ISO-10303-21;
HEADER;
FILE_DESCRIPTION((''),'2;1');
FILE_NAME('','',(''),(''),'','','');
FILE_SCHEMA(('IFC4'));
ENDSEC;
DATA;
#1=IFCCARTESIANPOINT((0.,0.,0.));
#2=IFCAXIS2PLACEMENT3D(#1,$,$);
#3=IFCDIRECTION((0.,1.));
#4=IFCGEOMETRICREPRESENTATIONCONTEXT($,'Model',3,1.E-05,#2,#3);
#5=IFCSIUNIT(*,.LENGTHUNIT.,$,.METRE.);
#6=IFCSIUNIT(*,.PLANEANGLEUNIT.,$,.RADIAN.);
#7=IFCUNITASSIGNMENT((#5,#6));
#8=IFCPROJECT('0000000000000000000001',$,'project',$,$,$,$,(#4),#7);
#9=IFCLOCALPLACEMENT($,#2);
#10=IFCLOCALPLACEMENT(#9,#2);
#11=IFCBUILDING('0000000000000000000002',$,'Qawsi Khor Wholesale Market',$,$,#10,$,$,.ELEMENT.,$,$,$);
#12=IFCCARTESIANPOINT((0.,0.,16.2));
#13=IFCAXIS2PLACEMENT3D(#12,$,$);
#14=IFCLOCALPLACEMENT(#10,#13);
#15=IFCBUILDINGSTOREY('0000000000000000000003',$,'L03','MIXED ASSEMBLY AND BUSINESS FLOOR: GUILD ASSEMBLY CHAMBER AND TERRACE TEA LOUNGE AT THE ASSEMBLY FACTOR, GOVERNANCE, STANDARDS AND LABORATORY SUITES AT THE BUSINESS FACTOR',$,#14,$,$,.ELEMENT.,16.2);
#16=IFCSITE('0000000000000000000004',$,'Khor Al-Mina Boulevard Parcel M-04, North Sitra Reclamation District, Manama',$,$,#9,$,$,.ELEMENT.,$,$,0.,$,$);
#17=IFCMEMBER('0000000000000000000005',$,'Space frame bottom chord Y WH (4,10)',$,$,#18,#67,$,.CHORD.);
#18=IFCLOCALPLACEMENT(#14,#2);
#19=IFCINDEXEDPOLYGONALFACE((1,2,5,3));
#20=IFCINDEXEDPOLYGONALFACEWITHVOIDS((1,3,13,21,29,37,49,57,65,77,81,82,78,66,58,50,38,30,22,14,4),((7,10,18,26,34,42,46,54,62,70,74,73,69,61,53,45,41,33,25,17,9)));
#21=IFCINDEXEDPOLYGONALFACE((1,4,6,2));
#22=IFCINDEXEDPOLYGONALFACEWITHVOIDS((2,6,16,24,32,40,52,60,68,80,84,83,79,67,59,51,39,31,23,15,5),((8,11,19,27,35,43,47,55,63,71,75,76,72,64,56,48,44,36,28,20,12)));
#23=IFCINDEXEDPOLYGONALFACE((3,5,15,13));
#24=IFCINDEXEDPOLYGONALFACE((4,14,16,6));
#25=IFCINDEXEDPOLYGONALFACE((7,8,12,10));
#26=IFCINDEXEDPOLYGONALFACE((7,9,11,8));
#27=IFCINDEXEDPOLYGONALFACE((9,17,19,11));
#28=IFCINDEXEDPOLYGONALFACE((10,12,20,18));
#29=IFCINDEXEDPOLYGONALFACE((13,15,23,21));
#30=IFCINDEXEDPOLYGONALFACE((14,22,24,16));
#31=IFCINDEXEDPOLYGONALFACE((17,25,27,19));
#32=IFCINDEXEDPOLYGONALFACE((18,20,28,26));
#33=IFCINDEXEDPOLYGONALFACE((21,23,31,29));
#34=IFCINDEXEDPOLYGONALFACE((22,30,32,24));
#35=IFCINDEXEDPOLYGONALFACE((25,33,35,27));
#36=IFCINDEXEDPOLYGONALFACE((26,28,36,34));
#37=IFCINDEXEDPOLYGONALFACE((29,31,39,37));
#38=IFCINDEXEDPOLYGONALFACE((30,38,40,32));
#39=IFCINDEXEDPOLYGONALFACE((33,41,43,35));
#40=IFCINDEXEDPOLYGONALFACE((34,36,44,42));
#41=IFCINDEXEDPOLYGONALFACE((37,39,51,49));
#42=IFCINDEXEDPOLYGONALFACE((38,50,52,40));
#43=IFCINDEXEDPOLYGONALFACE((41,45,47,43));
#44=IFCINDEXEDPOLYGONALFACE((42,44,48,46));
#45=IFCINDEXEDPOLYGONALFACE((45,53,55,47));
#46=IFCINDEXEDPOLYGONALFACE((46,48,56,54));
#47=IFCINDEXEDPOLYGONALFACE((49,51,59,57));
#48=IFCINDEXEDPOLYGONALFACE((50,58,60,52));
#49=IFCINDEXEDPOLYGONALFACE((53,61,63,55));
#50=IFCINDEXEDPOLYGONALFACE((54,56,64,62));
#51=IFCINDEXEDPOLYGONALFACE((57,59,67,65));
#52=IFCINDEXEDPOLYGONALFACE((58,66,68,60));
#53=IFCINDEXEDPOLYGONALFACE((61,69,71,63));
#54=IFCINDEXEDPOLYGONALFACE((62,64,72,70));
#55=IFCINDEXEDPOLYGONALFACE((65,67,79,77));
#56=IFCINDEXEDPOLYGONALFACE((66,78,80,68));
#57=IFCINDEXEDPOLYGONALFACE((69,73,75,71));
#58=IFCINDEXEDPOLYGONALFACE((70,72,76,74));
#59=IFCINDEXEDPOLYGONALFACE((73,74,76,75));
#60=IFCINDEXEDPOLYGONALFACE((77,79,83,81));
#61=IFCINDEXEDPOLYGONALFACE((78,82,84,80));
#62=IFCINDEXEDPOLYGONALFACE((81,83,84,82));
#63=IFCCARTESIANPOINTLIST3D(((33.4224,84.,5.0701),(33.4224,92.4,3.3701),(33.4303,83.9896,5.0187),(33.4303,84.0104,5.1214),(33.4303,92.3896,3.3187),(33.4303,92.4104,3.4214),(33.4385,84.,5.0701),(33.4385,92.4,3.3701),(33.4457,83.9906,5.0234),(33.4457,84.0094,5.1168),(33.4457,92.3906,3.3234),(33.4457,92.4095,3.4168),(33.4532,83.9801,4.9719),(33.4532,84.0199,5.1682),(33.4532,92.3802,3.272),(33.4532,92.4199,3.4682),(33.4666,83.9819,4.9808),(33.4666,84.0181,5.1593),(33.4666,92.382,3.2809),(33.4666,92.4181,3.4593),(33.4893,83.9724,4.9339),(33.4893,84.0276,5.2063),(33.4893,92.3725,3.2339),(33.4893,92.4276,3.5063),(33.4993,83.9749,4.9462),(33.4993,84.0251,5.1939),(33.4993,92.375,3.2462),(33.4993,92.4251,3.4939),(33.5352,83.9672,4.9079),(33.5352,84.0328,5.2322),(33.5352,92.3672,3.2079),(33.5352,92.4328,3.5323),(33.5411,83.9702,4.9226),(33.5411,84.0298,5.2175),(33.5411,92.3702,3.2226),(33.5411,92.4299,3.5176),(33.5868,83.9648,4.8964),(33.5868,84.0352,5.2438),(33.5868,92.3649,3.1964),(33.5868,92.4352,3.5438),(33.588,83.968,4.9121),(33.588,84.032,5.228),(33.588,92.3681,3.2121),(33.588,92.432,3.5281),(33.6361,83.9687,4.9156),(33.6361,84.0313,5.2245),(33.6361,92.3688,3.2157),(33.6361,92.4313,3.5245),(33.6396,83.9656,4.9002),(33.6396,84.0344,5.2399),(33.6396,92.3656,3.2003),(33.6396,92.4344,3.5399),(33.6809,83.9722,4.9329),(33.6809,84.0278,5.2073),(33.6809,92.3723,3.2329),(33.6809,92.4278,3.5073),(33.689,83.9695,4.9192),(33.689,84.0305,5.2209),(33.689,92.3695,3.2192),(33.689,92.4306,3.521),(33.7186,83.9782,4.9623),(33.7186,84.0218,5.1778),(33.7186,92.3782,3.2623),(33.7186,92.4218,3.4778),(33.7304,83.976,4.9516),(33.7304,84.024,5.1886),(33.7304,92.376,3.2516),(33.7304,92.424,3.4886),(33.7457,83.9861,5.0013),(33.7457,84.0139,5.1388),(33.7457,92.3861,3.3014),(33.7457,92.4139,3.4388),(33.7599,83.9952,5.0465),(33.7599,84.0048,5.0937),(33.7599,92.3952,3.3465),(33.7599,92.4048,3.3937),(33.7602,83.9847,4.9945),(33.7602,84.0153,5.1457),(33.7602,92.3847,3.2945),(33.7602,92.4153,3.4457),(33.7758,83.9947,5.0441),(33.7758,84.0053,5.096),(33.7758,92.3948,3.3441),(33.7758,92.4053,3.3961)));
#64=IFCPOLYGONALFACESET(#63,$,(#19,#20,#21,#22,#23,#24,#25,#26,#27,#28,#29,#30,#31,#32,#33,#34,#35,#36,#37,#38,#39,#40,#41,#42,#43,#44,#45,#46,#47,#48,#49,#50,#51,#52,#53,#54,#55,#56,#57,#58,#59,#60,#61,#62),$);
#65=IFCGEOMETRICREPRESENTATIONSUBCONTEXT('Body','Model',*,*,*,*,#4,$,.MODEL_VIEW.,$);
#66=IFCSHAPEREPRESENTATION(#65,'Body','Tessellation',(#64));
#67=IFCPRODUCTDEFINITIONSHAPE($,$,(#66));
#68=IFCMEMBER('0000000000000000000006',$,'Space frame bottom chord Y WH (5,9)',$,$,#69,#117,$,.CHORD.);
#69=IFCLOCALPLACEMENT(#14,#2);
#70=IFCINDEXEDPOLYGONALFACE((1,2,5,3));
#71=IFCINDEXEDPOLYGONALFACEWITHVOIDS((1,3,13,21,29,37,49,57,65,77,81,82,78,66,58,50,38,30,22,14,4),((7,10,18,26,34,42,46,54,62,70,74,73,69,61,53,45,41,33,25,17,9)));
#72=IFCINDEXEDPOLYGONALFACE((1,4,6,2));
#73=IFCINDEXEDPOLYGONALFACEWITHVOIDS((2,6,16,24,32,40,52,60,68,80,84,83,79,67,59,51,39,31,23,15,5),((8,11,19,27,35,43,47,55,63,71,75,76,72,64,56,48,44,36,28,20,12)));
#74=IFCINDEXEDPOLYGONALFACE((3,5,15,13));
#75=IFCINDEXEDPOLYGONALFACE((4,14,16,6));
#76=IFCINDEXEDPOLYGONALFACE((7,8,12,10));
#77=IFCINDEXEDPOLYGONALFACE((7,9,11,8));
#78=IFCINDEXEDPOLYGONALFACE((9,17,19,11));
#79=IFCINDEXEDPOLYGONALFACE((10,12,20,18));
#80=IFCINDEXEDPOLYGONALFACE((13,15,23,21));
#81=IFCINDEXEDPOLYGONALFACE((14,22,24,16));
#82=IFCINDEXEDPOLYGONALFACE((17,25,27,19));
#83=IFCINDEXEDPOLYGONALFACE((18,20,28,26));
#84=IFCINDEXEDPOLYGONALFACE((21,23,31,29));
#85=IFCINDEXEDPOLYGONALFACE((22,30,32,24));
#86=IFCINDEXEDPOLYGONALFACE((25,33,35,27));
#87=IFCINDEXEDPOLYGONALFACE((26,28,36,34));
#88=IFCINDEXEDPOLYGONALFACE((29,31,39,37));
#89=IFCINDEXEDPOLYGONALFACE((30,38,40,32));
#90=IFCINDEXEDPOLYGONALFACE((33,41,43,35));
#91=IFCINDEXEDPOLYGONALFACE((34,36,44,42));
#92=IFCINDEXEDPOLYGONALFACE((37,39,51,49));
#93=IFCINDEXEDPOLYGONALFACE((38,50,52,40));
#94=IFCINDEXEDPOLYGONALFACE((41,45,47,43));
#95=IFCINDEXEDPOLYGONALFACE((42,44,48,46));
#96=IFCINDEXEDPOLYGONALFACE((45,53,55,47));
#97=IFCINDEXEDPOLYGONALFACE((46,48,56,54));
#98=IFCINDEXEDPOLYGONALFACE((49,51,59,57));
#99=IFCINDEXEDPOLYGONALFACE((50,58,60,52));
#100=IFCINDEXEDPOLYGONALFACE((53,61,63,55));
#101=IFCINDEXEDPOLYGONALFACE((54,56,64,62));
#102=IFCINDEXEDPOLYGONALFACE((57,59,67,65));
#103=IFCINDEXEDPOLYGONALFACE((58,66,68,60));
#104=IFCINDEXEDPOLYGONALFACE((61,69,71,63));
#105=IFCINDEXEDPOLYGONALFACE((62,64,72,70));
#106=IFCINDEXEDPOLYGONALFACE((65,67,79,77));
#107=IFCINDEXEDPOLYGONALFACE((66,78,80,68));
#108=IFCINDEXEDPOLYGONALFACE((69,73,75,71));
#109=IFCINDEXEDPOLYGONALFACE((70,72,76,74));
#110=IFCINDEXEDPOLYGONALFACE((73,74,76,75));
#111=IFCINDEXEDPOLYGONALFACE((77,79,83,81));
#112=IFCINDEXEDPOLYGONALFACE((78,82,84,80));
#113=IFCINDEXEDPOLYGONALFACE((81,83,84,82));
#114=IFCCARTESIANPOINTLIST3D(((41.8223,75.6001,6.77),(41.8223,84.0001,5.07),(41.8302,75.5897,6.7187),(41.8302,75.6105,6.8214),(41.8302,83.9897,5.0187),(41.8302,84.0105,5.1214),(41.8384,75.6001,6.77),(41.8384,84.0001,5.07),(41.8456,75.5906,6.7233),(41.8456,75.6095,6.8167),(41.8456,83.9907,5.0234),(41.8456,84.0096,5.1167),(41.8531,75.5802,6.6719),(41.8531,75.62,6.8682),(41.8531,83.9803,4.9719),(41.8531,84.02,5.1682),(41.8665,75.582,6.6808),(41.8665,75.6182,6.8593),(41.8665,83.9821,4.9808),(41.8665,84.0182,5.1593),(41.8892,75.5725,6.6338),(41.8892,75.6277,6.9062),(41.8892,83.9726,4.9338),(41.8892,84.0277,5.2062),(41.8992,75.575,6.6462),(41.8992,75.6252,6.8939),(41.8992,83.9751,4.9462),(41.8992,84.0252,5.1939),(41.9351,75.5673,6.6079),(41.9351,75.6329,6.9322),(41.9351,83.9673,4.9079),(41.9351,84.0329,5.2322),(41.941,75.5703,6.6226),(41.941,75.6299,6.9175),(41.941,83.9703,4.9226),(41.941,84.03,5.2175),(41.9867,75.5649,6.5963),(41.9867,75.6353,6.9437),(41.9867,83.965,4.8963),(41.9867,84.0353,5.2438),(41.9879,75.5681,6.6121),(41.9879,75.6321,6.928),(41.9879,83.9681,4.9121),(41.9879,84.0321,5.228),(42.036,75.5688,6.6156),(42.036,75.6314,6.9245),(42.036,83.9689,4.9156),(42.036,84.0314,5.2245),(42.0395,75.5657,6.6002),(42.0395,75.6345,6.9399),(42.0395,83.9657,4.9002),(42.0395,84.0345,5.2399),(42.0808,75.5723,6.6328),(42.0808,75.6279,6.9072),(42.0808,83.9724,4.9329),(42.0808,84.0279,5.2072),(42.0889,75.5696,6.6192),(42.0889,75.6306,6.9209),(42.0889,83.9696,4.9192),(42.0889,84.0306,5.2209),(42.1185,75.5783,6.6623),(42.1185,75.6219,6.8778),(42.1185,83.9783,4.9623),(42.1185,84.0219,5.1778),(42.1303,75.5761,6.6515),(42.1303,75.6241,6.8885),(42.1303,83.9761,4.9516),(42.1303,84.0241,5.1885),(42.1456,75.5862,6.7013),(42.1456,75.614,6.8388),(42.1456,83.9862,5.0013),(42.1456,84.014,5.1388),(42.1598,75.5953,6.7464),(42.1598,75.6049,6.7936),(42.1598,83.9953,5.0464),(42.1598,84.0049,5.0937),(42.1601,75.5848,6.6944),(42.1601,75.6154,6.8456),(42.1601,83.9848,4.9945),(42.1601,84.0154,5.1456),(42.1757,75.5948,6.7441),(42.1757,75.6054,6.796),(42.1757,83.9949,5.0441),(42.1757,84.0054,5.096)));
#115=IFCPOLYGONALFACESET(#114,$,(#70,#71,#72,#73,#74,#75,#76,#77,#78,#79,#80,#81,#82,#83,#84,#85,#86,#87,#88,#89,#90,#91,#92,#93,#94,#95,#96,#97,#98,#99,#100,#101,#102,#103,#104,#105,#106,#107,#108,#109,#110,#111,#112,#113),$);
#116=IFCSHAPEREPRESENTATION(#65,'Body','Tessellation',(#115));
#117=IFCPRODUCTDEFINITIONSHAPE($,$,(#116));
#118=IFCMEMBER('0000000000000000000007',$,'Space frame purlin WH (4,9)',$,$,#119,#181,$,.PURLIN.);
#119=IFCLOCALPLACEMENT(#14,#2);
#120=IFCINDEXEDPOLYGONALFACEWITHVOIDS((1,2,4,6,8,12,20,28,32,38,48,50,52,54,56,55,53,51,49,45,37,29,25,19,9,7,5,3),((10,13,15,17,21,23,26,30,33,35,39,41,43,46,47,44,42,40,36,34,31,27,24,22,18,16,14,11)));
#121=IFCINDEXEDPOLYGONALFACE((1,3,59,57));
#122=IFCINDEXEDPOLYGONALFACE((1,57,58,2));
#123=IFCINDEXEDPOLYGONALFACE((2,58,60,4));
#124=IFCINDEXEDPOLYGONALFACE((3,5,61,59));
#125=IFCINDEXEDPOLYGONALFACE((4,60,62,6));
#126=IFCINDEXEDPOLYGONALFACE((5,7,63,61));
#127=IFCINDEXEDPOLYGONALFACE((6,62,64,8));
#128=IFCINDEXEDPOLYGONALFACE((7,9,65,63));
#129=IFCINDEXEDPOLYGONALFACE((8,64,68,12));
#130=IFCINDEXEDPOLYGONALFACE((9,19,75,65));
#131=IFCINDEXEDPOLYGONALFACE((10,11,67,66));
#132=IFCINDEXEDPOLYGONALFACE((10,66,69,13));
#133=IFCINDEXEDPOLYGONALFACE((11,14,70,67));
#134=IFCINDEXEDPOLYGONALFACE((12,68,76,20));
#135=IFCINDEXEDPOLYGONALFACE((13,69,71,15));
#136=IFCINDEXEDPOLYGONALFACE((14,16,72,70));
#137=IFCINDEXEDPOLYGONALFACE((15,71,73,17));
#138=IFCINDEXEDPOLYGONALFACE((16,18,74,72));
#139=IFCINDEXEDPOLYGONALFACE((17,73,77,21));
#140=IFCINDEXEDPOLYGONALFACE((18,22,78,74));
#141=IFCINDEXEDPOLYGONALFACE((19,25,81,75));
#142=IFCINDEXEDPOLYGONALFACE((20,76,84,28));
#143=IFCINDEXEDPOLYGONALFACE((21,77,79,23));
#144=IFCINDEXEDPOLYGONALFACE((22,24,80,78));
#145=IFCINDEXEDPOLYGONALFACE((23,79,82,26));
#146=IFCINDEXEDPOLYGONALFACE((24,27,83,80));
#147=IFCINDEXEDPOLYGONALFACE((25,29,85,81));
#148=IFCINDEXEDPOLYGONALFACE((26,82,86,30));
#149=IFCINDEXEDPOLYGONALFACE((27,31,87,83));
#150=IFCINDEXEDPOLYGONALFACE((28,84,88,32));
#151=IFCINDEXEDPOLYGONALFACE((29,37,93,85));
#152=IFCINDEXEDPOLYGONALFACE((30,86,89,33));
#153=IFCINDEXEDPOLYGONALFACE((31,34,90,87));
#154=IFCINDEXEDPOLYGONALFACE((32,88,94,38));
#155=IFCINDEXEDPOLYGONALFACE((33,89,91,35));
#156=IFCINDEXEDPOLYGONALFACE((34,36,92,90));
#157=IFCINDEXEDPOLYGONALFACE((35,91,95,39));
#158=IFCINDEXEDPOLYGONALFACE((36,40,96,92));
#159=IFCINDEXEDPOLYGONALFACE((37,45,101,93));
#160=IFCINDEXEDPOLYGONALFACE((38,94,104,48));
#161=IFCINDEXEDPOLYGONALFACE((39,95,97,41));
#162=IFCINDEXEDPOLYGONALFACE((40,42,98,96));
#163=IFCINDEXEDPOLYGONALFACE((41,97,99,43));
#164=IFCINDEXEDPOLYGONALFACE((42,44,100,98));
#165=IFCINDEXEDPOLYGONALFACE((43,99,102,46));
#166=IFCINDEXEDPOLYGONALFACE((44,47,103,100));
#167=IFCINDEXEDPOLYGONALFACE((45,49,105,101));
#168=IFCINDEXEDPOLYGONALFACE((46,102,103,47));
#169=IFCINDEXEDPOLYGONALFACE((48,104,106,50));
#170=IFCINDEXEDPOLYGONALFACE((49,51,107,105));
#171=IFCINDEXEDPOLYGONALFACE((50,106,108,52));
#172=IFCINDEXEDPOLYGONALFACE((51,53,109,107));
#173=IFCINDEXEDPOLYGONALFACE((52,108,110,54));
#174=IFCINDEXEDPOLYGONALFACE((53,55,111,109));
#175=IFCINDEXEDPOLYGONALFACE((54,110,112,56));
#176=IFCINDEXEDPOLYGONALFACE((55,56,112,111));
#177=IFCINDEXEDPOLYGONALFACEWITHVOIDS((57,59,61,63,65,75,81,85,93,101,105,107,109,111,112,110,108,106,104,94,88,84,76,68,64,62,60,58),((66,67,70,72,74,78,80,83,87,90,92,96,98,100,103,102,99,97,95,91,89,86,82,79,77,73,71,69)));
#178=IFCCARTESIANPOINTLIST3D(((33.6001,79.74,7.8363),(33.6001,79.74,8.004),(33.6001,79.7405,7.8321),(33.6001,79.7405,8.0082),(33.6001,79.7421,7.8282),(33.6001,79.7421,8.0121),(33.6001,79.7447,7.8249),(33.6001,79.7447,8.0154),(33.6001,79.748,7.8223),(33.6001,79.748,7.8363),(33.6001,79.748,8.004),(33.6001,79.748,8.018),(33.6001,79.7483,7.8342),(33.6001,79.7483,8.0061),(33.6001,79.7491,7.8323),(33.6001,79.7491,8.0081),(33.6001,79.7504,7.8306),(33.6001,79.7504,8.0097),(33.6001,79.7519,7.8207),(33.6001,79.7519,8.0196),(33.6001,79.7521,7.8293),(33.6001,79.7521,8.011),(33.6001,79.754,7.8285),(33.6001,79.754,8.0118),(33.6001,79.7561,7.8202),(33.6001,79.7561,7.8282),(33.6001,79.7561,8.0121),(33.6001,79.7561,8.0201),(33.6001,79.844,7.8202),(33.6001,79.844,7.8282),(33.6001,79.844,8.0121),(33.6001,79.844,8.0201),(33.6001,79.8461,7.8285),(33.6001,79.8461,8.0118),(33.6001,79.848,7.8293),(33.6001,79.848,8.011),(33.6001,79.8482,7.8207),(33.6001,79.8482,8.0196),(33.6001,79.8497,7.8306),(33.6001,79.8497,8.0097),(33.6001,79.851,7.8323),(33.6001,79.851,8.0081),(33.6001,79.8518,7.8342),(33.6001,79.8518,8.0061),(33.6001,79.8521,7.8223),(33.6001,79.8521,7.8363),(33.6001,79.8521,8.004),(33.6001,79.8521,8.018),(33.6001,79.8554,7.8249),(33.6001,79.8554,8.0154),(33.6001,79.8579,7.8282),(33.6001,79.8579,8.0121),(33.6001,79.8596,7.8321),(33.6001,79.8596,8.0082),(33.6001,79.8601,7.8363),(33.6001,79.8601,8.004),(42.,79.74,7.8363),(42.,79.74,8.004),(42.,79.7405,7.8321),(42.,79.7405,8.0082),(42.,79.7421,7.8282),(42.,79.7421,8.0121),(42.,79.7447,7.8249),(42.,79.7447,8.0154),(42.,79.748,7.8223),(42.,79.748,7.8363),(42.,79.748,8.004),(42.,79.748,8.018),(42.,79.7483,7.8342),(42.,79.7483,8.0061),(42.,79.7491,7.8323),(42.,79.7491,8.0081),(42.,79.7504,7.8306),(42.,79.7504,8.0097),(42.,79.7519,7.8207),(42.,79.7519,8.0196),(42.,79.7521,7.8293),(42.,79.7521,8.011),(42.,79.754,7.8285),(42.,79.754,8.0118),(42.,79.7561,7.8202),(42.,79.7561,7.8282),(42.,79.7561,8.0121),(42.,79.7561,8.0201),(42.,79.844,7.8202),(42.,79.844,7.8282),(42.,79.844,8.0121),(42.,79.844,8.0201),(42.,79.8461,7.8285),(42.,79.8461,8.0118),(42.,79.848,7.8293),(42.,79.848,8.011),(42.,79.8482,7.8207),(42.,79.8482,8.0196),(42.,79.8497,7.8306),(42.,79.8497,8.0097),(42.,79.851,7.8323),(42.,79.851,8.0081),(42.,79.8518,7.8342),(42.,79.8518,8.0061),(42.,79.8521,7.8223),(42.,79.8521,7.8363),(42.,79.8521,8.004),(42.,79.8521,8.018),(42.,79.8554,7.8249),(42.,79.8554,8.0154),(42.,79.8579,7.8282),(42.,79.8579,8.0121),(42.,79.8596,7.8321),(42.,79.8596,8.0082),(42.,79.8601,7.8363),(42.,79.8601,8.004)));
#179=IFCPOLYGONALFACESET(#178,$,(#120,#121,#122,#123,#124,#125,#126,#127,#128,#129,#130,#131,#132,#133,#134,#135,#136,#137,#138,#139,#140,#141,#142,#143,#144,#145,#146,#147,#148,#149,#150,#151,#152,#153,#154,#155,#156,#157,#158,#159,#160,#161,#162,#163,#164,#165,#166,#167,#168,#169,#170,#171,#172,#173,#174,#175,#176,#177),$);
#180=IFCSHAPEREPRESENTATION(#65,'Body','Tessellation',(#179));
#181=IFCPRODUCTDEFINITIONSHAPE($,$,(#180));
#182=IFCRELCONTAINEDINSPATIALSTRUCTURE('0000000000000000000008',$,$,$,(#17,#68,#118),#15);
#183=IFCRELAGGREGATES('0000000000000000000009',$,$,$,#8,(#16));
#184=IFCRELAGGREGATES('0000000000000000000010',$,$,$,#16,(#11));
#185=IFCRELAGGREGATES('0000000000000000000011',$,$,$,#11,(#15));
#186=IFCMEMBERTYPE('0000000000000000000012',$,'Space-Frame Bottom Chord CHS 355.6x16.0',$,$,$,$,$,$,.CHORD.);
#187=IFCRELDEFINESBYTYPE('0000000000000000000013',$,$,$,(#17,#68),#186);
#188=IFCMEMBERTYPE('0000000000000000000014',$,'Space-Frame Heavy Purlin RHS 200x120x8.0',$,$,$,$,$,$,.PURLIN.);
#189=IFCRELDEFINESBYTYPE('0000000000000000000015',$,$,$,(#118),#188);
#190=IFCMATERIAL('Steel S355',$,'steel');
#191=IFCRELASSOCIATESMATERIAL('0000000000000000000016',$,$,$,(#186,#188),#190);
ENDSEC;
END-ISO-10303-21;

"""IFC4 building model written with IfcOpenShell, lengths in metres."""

from ifc_helpers import new_model, si_unit, direction, frame, origin, origin_2d, place, context, subcontext, project, spatial, hollow_rectangle, hollow_circle, extrude, material, material_profile, profile_set, type_object, element, save


model = new_model("IFC4")

# Units and contexts
model_context = context("Model", 3, precision=1e-05, world=origin(), true_north=direction((0.0, 1.0)))
body_context = subcontext(model_context, "Body", "Model", "MODEL_VIEW")
ifc_project = project(units=[si_unit("LENGTHUNIT", "METRE"), si_unit("PLANEANGLEUNIT", "RADIAN")], contexts=[model_context])

# Site, building, storey
site_placement = place(None, origin())
site = spatial("IfcSite", under=ifc_project, at=site_placement, Name="Khor Al-Mina Boulevard Parcel M-04, North Sitra Reclamation District, Manama", CompositionType="ELEMENT", RefElevation=0.0)
building_placement = place(site_placement, origin())
building = spatial("IfcBuilding", under=site, at=building_placement, Name="Qawsi Khor Wholesale Market", CompositionType="ELEMENT")
storey_placement = place(building_placement, frame((0.0, 0.0, 16.2)))
storey = spatial("IfcBuildingStorey", under=building, at=storey_placement, Name="L03", Description="MIXED ASSEMBLY AND BUSINESS FLOOR: GUILD ASSEMBLY CHAMBER AND TERRACE TEA LOUNGE AT THE ASSEMBLY FACTOR, GOVERNANCE, STANDARDS AND LABORATORY SUITES AT THE BUSINESS FACTOR", CompositionType="ELEMENT", Elevation=16.2)

# Members
ifc_material_1 = material(Name="Steel S355", Category="steel")
ifc_material_profile_1 = material_profile(ifc_material_1, hollow_circle(Radius=0.1777, WallThickness=0.0161, at=origin_2d()), Name="CHS 355.6x16.0")
ifc_profile_set_1 = profile_set([ifc_material_profile_1], Name="Steel S355")
member_type_1 = type_object("IfcMemberType", Name="Space-Frame Bottom Chord CHS 355.6x16.0", PredefinedType="CHORD", material=ifc_profile_set_1)
for number, where, z_axis, x_axis, name in (
    (1, (33.6001, 84.0, 5.0701), (0.0, 0.98013, -0.198356), (-1.0, 0.0, 0.0), "Space frame bottom chord Y WH (4,10)"),
    (2, (42.0, 75.6001, 6.77), (0.0, 0.98013, -0.198356), (-1.0, 0.0, 0.0), "Space frame bottom chord Y WH (5,9)"),
):
    element("IfcMember", number, at=place(storey_placement, frame(where, z_axis=z_axis, x_axis=x_axis)), inside=storey, type_object=member_type_1, Name=name, PredefinedType="CHORD", context=body_context, shape_type="SweptSolid", body=[
        extrude(hollow_circle(Radius=0.1777, WallThickness=0.0161, at=origin_2d()), origin(), (0.0, 0.0, 1.0), 8.5703),
    ])
ifc_material_profile_2 = material_profile(ifc_material_1, hollow_rectangle(XDim=0.1201, YDim=0.2, WallThickness=0.0081, InnerFilletRadius=0.0081, OuterFilletRadius=0.0161, at=origin_2d()), Name="RHS 200x120x8.0")
ifc_profile_set_2 = profile_set([ifc_material_profile_2], Name="Steel S355")
member_type_2 = type_object("IfcMemberType", Name="Space-Frame Heavy Purlin RHS 200x120x8.0", PredefinedType="PURLIN", material=ifc_profile_set_2)
for number, where, z_axis, x_axis, name in (
    (3, (33.6001, 79.8, 7.9202), (1.0, 0.0, 0.0), (0.0, 1.0, 0.0), "Space frame purlin WH (4,9)"),
):
    element("IfcMember", number, at=place(storey_placement, frame(where, z_axis=z_axis, x_axis=x_axis)), inside=storey, type_object=member_type_2, Name=name, PredefinedType="PURLIN", context=body_context, shape_type="SweptSolid", body=[
        extrude(hollow_rectangle(XDim=0.1201, YDim=0.2, WallThickness=0.0081, InnerFilletRadius=0.0081, OuterFilletRadius=0.0161, at=origin_2d()), origin(), (0.0, 0.0, 1.0), 8.3999),
    ])

save(model, "model.ifc")
